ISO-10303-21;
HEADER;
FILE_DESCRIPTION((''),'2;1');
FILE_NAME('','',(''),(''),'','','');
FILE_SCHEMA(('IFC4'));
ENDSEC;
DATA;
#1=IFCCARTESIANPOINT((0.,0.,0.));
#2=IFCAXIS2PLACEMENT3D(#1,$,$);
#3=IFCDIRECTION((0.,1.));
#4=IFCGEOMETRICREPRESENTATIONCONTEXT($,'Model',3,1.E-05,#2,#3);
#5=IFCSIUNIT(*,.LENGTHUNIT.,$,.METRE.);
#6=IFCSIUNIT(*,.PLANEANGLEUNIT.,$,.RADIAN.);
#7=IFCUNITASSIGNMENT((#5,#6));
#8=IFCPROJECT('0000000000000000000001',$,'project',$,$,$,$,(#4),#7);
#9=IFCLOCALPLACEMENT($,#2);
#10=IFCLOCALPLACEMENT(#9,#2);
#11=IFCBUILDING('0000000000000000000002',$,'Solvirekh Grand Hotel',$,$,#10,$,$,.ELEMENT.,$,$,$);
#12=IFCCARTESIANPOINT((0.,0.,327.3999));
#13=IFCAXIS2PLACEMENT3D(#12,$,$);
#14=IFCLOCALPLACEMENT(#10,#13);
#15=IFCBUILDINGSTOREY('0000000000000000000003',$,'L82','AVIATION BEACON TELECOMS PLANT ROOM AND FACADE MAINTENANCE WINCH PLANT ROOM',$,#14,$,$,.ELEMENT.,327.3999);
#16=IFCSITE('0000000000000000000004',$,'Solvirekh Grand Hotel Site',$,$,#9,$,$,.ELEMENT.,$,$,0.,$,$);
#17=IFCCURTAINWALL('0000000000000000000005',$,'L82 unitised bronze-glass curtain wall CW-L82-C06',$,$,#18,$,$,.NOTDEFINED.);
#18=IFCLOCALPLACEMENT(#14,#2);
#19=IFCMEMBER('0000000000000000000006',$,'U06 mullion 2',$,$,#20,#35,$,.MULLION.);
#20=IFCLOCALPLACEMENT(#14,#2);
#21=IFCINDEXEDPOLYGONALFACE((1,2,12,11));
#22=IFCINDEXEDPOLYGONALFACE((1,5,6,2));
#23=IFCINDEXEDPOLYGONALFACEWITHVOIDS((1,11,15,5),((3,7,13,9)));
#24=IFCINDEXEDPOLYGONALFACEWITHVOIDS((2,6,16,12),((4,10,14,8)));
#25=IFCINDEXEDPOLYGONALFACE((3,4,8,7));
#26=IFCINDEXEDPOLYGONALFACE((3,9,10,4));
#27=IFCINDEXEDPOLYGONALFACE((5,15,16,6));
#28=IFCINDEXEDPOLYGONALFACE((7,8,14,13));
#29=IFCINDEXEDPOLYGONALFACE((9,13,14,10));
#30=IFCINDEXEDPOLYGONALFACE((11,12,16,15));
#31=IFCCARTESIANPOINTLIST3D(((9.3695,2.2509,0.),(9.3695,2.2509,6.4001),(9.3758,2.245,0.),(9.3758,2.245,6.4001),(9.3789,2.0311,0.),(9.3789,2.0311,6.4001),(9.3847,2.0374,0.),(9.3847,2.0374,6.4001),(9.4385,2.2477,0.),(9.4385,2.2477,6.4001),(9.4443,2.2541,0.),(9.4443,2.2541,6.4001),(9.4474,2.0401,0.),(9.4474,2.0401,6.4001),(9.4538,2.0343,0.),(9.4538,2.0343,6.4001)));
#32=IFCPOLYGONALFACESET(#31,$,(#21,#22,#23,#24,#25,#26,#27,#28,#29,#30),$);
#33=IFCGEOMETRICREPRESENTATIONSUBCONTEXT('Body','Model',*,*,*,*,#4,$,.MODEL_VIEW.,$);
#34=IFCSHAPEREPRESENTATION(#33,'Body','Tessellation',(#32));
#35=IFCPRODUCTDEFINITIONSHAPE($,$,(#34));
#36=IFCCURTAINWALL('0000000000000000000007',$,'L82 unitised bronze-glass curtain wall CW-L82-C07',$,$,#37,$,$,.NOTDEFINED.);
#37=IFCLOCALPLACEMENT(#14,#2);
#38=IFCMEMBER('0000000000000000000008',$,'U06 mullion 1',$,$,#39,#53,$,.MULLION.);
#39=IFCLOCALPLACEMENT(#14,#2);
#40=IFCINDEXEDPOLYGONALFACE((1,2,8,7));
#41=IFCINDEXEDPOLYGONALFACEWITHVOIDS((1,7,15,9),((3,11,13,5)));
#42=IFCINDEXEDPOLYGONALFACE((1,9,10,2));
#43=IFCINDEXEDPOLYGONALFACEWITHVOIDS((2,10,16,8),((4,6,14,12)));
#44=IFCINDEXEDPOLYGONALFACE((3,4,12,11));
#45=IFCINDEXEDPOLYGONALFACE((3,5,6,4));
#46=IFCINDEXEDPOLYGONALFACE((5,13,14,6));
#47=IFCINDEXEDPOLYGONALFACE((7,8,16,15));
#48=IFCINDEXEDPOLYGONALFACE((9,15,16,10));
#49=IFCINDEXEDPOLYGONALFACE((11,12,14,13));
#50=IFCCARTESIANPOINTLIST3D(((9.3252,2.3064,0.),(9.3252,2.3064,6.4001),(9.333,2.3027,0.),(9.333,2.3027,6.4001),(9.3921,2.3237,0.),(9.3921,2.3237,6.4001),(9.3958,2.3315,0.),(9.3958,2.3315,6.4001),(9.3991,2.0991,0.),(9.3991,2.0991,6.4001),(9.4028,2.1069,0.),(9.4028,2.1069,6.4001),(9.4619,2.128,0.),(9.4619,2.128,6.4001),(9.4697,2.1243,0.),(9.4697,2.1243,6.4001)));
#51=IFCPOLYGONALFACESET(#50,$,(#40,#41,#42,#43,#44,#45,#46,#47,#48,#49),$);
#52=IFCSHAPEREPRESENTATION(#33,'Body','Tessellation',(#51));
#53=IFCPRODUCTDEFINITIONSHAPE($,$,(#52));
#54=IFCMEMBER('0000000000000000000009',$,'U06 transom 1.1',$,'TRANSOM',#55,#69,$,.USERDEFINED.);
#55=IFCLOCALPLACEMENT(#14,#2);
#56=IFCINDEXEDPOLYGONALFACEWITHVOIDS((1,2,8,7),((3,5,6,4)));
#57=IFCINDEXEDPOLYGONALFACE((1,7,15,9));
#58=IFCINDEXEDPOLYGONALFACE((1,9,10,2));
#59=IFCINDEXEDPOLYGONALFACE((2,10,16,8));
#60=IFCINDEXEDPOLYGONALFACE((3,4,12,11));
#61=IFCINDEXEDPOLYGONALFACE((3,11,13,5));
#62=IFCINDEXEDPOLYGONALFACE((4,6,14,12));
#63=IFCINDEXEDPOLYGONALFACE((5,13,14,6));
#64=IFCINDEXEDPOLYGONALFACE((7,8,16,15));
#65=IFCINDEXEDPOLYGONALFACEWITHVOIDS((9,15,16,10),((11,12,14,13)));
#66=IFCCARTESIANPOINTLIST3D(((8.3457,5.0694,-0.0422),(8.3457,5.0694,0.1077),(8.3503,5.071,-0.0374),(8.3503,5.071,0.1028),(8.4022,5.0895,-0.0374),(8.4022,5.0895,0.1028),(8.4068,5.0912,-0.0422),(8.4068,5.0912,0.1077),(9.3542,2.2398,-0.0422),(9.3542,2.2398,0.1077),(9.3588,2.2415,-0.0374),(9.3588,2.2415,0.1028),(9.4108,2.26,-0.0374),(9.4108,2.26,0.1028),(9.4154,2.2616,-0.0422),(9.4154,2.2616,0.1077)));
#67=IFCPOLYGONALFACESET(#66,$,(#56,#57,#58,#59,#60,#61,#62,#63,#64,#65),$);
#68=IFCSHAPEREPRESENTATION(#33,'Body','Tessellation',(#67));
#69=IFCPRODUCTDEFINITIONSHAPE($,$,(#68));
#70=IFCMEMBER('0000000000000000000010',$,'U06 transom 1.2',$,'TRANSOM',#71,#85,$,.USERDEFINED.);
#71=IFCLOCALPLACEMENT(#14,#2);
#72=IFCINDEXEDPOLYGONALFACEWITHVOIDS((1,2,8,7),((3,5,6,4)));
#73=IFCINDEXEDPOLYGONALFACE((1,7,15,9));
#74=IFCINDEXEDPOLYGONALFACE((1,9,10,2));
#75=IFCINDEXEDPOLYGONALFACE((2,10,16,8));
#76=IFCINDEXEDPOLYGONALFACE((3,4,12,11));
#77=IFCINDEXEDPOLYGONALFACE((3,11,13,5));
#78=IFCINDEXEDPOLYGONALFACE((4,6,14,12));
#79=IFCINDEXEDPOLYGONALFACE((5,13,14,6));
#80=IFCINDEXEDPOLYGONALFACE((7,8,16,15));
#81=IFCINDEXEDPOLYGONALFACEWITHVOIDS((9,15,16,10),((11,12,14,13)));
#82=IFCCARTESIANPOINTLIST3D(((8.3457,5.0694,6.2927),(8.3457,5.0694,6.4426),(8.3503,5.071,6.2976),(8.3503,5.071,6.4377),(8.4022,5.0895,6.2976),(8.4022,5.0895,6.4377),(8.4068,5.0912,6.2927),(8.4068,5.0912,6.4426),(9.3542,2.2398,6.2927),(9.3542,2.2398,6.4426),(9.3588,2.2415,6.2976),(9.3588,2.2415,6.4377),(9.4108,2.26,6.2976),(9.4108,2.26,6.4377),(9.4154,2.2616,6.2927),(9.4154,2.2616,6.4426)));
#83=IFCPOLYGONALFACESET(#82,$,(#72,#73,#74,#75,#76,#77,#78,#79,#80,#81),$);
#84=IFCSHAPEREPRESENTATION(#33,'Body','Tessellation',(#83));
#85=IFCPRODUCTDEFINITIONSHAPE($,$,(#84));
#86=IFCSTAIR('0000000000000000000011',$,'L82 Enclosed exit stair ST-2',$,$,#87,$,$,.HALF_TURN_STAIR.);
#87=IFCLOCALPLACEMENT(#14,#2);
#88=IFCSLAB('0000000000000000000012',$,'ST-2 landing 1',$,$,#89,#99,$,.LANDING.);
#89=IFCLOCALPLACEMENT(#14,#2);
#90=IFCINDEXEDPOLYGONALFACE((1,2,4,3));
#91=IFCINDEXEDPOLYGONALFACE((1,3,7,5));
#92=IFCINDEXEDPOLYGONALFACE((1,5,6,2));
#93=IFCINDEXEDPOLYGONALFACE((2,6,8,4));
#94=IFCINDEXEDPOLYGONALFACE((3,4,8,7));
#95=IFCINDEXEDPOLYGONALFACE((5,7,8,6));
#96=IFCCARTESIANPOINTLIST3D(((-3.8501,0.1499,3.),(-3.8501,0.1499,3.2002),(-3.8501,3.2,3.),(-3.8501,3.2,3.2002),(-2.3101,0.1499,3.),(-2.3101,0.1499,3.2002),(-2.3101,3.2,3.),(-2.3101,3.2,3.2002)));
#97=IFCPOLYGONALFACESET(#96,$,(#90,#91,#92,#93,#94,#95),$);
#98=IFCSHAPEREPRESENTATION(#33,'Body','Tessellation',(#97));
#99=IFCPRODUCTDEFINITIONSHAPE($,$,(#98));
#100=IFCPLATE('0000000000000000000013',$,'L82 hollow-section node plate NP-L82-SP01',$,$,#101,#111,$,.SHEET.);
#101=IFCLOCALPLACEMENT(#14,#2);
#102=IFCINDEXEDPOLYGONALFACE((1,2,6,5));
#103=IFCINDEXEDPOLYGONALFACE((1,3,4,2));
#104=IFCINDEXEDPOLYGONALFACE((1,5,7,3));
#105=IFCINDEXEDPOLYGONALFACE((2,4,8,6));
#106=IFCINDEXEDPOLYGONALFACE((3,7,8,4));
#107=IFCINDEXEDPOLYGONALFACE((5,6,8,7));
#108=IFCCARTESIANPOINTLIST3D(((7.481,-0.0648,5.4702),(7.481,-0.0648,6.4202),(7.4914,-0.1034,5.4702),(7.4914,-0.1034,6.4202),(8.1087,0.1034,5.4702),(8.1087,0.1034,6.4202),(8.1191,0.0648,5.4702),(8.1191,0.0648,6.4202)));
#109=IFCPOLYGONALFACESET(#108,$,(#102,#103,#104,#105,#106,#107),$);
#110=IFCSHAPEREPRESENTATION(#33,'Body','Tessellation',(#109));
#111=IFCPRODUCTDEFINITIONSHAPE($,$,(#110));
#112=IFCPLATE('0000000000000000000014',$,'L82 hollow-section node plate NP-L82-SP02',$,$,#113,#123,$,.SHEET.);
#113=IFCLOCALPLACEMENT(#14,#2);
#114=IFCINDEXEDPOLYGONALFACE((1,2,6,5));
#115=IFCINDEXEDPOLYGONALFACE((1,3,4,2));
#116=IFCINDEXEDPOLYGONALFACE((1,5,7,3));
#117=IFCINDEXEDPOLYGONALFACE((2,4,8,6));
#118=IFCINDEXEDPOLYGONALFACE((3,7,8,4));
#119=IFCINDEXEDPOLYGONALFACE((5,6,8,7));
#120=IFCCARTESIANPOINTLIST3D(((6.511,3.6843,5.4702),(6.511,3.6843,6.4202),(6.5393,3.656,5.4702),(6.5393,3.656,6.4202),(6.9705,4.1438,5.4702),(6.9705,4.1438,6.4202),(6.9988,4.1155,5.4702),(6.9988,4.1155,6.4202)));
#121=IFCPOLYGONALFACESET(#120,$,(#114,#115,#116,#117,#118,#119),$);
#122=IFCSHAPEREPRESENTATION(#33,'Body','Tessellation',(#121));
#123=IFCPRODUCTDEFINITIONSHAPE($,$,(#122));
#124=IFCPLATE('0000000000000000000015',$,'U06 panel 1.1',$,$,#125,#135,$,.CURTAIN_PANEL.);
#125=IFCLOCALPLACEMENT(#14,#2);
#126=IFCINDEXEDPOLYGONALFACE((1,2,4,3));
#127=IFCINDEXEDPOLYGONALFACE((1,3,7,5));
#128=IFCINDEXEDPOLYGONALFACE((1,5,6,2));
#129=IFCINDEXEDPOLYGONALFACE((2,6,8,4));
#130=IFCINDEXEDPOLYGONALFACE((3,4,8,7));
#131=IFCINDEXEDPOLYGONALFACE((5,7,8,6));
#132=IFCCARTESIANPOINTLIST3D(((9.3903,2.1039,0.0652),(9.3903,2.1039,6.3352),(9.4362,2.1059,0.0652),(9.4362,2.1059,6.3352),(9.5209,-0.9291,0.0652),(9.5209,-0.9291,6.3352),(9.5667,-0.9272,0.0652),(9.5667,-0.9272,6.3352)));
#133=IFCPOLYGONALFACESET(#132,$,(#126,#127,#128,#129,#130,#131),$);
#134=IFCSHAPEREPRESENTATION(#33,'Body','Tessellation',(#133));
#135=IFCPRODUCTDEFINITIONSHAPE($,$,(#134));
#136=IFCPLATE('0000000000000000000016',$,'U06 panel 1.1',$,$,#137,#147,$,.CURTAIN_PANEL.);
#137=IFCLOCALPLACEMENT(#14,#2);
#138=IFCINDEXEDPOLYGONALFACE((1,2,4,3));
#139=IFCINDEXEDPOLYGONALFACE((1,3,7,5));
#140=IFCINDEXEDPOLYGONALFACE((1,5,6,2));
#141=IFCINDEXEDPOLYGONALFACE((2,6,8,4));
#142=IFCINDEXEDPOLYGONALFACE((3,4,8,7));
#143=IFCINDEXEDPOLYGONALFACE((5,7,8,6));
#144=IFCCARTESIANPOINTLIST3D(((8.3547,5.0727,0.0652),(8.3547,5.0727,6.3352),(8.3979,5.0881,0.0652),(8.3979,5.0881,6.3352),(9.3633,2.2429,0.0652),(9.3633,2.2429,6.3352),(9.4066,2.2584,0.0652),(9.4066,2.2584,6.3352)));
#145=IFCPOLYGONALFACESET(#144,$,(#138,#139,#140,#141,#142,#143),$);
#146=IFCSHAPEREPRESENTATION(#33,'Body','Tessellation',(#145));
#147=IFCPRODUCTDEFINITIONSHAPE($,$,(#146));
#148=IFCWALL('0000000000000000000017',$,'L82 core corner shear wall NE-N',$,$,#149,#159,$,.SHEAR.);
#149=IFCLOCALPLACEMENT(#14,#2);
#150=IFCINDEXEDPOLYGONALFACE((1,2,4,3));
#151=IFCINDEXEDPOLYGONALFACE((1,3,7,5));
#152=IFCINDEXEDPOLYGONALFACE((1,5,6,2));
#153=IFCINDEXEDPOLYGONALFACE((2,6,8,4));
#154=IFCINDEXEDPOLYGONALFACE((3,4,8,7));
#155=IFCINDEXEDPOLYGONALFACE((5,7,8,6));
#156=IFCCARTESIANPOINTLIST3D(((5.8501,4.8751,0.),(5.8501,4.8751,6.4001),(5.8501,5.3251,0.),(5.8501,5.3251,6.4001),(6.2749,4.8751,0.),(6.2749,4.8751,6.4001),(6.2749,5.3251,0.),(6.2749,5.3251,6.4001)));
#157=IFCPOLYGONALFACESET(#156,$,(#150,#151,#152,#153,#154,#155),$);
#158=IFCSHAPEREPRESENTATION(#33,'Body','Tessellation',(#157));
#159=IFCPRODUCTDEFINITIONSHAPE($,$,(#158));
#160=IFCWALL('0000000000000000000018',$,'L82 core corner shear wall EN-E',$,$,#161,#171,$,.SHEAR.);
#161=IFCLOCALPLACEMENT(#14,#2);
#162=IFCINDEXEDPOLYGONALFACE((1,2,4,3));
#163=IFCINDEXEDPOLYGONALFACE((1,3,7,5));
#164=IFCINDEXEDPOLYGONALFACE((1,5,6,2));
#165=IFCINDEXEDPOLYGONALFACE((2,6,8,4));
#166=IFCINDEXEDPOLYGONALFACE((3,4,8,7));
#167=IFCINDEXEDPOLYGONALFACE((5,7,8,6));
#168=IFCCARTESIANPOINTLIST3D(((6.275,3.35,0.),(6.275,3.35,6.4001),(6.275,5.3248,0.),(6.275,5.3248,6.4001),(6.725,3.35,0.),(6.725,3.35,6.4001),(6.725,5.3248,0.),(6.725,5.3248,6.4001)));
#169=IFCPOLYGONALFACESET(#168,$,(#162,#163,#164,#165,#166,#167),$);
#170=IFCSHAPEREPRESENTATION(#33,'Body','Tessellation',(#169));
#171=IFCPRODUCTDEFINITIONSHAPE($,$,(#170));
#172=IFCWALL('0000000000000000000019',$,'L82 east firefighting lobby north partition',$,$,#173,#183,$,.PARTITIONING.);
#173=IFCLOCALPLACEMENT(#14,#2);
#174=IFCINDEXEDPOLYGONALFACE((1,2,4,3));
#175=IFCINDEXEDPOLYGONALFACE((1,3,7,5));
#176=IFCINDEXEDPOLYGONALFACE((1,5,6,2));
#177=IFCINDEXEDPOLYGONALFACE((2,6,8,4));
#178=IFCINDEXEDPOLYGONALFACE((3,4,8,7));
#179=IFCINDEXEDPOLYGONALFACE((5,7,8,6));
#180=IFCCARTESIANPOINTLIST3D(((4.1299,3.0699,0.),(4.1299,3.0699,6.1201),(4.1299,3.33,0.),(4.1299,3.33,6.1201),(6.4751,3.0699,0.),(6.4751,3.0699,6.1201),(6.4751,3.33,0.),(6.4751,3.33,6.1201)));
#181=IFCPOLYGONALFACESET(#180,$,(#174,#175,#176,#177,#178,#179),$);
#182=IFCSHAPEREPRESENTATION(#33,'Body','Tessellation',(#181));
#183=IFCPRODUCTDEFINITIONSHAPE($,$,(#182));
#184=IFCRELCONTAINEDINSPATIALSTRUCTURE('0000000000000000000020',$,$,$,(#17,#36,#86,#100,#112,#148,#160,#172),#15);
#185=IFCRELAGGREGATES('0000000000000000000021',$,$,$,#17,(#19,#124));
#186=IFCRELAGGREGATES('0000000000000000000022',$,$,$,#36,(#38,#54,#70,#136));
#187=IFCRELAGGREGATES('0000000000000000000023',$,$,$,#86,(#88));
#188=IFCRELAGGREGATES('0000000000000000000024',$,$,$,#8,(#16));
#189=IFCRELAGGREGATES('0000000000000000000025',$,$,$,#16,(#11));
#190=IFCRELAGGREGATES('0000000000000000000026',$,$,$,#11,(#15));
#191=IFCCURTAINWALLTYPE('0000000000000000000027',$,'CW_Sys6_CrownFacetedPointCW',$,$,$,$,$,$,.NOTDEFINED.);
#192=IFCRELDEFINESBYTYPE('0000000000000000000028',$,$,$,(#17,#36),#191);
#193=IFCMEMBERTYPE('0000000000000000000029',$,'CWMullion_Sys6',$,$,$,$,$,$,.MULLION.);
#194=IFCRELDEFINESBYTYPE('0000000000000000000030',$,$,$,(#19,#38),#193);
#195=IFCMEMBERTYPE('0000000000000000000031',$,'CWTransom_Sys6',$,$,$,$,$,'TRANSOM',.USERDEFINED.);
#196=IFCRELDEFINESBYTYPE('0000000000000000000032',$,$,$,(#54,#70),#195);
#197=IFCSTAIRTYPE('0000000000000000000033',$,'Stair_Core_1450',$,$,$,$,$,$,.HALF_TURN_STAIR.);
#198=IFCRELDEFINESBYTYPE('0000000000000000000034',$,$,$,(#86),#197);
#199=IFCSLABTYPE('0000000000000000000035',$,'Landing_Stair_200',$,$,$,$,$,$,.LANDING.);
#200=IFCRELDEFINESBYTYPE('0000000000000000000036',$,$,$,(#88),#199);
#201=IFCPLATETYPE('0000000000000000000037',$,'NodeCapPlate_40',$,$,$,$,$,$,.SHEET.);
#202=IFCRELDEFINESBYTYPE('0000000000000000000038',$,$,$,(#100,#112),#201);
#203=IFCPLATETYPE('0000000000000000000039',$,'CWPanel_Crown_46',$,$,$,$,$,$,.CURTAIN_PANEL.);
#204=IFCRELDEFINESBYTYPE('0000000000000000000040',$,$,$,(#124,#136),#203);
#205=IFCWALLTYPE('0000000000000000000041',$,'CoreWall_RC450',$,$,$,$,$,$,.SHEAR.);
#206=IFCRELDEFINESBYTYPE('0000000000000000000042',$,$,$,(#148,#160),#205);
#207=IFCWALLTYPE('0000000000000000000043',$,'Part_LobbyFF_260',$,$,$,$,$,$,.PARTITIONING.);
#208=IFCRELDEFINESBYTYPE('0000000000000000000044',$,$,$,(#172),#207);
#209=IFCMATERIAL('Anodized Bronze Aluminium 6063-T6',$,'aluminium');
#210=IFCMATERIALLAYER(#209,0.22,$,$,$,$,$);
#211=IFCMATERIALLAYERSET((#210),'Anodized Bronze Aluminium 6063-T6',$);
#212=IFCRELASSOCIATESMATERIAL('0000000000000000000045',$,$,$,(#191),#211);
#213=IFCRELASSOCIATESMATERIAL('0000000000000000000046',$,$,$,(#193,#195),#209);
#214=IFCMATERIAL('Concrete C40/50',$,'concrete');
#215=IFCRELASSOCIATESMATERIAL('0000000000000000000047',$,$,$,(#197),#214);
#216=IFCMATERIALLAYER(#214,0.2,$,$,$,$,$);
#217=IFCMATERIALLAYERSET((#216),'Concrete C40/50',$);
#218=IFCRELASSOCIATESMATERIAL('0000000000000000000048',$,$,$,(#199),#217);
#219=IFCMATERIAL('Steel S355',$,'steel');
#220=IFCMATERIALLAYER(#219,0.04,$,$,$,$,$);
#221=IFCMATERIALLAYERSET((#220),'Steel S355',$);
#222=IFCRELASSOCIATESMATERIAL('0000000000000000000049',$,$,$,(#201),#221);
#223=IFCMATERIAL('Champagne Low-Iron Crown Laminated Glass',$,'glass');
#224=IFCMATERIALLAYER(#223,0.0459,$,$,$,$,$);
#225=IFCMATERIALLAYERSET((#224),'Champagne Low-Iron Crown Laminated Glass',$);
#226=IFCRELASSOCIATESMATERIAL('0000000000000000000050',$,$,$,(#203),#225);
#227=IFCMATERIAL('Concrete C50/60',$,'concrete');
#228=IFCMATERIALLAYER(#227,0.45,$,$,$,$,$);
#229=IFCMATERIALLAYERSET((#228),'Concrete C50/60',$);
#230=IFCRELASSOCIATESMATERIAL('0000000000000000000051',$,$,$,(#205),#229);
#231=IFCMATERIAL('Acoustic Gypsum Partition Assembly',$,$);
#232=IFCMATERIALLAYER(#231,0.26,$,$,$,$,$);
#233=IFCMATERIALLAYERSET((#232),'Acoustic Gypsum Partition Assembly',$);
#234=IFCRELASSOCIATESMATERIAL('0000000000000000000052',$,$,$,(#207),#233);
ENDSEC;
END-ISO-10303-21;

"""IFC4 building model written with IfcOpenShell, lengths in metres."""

from ifc_helpers import new_model, si_unit, direction, frame, frame_2d, origin, origin_2d, place, context, subcontext, project, spatial, polyline, rectangle, hollow_rectangle, outline, extrude, source, transform, mapped, material, layer, layer_set, material_profile, profile_set, type_object, element, aggregate, save


model = new_model("IFC4")

# Units and contexts
model_context = context("Model", 3, precision=1e-05, world=origin(), true_north=direction((0.0, 1.0)))
body_context = subcontext(model_context, "Body", "Model", "MODEL_VIEW")
ifc_project = project(units=[si_unit("LENGTHUNIT", "METRE"), si_unit("PLANEANGLEUNIT", "RADIAN")], contexts=[model_context])

# Site, building, storey
site_placement = place(None, origin())
site = spatial("IfcSite", under=ifc_project, at=site_placement, Name="Solvirekh Grand Hotel Site", CompositionType="ELEMENT", RefElevation=0.0)
building_placement = place(site_placement, origin())
building = spatial("IfcBuilding", under=site, at=building_placement, Name="Solvirekh Grand Hotel", CompositionType="ELEMENT")
storey_placement = place(building_placement, frame((0.0, 0.0, 327.3999)))
storey = spatial("IfcBuildingStorey", under=building, at=storey_placement, Name="L82", Description="AVIATION BEACON TELECOMS PLANT ROOM AND FACADE MAINTENANCE WINCH PLANT ROOM", CompositionType="ELEMENT", Elevation=327.3999)

# Shared definitions
ifc_material_1 = material(Name="Steel S355", Category="steel")

# Curtain wall, member
ifc_material_2 = material(Name="Anodized Bronze Aluminium 6063-T6", Category="aluminium")
ifc_layer_1 = layer(ifc_material_2, 0.22)
ifc_layer_set_1 = layer_set([ifc_layer_1], Name="Anodized Bronze Aluminium 6063-T6")
curtain_wall_type = type_object("IfcCurtainWallType", Name="CW_Sys6_CrownFacetedPointCW", PredefinedType="NOTDEFINED", material=ifc_layer_set_1)
curtain_wall_1_placement = place(storey_placement, origin())
curtain_wall_1 = element("IfcCurtainWall", 1, at=curtain_wall_1_placement, inside=storey, type_object=curtain_wall_type, Name="L82 unitised bronze-glass curtain wall CW-L82-C06", PredefinedType="NOTDEFINED")
ifc_material_profile_1 = material_profile(ifc_material_2, hollow_rectangle(XDim=0.075, YDim=0.22, WallThickness=0.0061, at=origin_2d()), Name="ALU RHS 220X75X6")
ifc_profile_set_1 = profile_set([ifc_material_profile_1], Name="Anodized Bronze Aluminium 6063-T6")
member_type_1 = type_object("IfcMemberType", Name="CWMullion_Sys6", PredefinedType="MULLION", material=ifc_profile_set_1)
shared_shape_1 = source(origin(), body_context, "Body", "SweptSolid", [
    extrude(hollow_rectangle(XDim=0.075, YDim=0.22, WallThickness=0.0061, at=origin_2d()), origin(), (0.0, 0.0, 1.0), 6.4001),
])
member_1_placement = place(storey_placement, frame((9.4116, 2.1426, 0.0), z_axis=(0.0, 0.0, 1.0), x_axis=(-0.999075, -0.043001, 0.0)))
member_1 = element("IfcMember", 2, at=member_1_placement, type_object=member_type_1, Name="U06 mullion 2", PredefinedType="MULLION", context=body_context, shape_type="MappedRepresentation", body=[
    mapped(shared_shape_1, transform((0.0, 0.0, 0.0), x_axis=(1.0, 0.0, 0.0), y_axis=(0.0, 1.0, 0.0), z_axis=(0.0, 0.0, 1.0), scale=1.0)),
])

# Curtain wall, members
curtain_wall_2_placement = place(storey_placement, origin())
curtain_wall_2 = element("IfcCurtainWall", 3, at=curtain_wall_2_placement, inside=storey, type_object=curtain_wall_type, Name="L82 unitised bronze-glass curtain wall CW-L82-C07", PredefinedType="NOTDEFINED")
member_2_placement = place(storey_placement, frame((9.3975, 2.2153, 0.0), z_axis=(0.0, 0.0, 1.0), x_axis=(-0.94195, -0.335754, 0.0)))
member_2 = element("IfcMember", 4, at=member_2_placement, type_object=member_type_1, Name="U06 mullion 1", PredefinedType="MULLION", context=body_context, shape_type="MappedRepresentation", body=[
    mapped(shared_shape_1, transform((0.0, 0.0, 0.0), x_axis=(1.0, 0.0, 0.0), y_axis=(0.0, 1.0, 0.0), z_axis=(0.0, 0.0, 1.0), scale=1.0)),
])
ifc_material_profile_2 = material_profile(ifc_material_2, hollow_rectangle(XDim=0.0649, YDim=0.1499, WallThickness=0.0049, at=origin_2d()), Name="ALU RHS 150X65X5")
ifc_profile_set_2 = profile_set([ifc_material_profile_2], Name="Anodized Bronze Aluminium 6063-T6")
member_type_2 = type_object("IfcMemberType", Name="CWTransom_Sys6", ElementType="TRANSOM", PredefinedType="USERDEFINED", material=ifc_profile_set_2)
shared_shape_2 = source(origin(), body_context, "Body", "SweptSolid", [
    extrude(hollow_rectangle(XDim=0.0649, YDim=0.1499, WallThickness=0.0049, at=origin_2d()), origin(), (0.0, 0.0, 1.0), 3.0039),
])
member_3_placement = place(storey_placement, frame((9.3848, 2.2507, 0.0327), z_axis=(-0.335739, 0.941955, 0.0), x_axis=(-0.941955, -0.335739, 0.0)))
member_3 = element("IfcMember", 5, at=member_3_placement, type_object=member_type_2, Name="U06 transom 1.1", ObjectType="TRANSOM", PredefinedType="USERDEFINED", context=body_context, shape_type="MappedRepresentation", body=[
    mapped(shared_shape_2, transform((0.0, 0.0, 0.0), x_axis=(1.0, 0.0, 0.0), y_axis=(0.0, 1.0, 0.0), z_axis=(0.0, 0.0, 1.0), scale=1.0)),
])
member_4_placement = place(storey_placement, frame((9.3848, 2.2507, 6.3677), z_axis=(-0.335739, 0.941955, 0.0), x_axis=(-0.941955, -0.335739, 0.0)))
member_4 = element("IfcMember", 6, at=member_4_placement, type_object=member_type_2, Name="U06 transom 1.2", ObjectType="TRANSOM", PredefinedType="USERDEFINED", context=body_context, shape_type="MappedRepresentation", body=[
    mapped(shared_shape_2, transform((0.0, 0.0, 0.0), x_axis=(1.0, 0.0, 0.0), y_axis=(0.0, 1.0, 0.0), z_axis=(0.0, 0.0, 1.0), scale=1.0)),
])

# Stair, slab
ifc_material_3 = material(Name="Concrete C40/50", Category="concrete")
stair_type = type_object("IfcStairType", Name="Stair_Core_1450", PredefinedType="HALF_TURN_STAIR", material=ifc_material_3)
stair_placement = place(storey_placement, origin())
stair = element("IfcStair", 7, at=stair_placement, inside=storey, type_object=stair_type, Name="L82 Enclosed exit stair ST-2", PredefinedType="HALF_TURN_STAIR")
ifc_layer_2 = layer(ifc_material_3, 0.2)
ifc_layer_set_2 = layer_set([ifc_layer_2], Name="Concrete C40/50")
slab_type = type_object("IfcSlabType", Name="Landing_Stair_200", PredefinedType="LANDING", material=ifc_layer_set_2)
slab_placement = place(storey_placement, frame((0.0, 0.0, 3.0)))
slab = element("IfcSlab", 8, at=slab_placement, type_object=slab_type, Name="ST-2 landing 1", PredefinedType="LANDING", context=body_context, shape_type="SweptSolid", body=[
    extrude(outline(polyline([(-2.3101, 3.2), (-3.8501, 3.2), (-3.8501, 0.1499), (-2.3101, 0.1499), (-2.3101, 3.2)])), origin(), (0.0, 0.0, 1.0), 0.2002),
])

# Plates
ifc_layer_3 = layer(ifc_material_1, 0.04)
ifc_layer_set_3 = layer_set([ifc_layer_3], Name="Steel S355")
plate_type_1 = type_object("IfcPlateType", Name="NodeCapPlate_40", PredefinedType="SHEET", material=ifc_layer_set_3)
for number, where, z_axis, x_axis, name in (
    (9, (7.8, 0.0, 5.4702), (0.0, 0.0, 1.0), (-0.258819, 0.965926, 0.0), "L82 hollow-section node plate NP-L82-SP01"),
    (10, (6.7549, 3.8999, 5.4702), (0.0, 0.0, 1.0), (-0.707107, 0.707107, 0.0), "L82 hollow-section node plate NP-L82-SP02"),
):
    element("IfcPlate", number, at=place(storey_placement, frame(where, z_axis=z_axis, x_axis=x_axis)), inside=storey, type_object=plate_type_1, Name=name, PredefinedType="SHEET", context=body_context, shape_type="SweptSolid", body=[
        extrude(rectangle(XDim=0.04, YDim=0.6499, at=origin_2d()), origin(), (0.0, 0.0, 1.0), 0.95),
    ])

# Plates
ifc_material_4 = material(Name="Champagne Low-Iron Crown Laminated Glass", Category="glass")
ifc_layer_4 = layer(ifc_material_4, 0.0459)
ifc_layer_set_4 = layer_set([ifc_layer_4], Name="Champagne Low-Iron Crown Laminated Glass")
plate_type_2 = type_object("IfcPlateType", Name="CWPanel_Crown_46", PredefinedType="CURTAIN_PANEL", material=ifc_layer_set_4)
shared_shape_3 = source(origin(), body_context, "Body", "SweptSolid", [
    extrude(rectangle(XDim=3.0359, YDim=0.0459, at=origin_2d()), origin(), (0.0, 0.0, 1.0), 6.27),
])
plate_1_placement = place(storey_placement, frame((9.4785, 0.5884, 0.0652), z_axis=(0.0, 0.0, 1.0), x_axis=(-0.043001, 0.999075, 0.0)))
plate_1 = element("IfcPlate", 11, at=plate_1_placement, type_object=plate_type_2, Name="U06 panel 1.1", PredefinedType="CURTAIN_PANEL", context=body_context, shape_type="MappedRepresentation", body=[
    mapped(shared_shape_3, transform((0.0, 0.0, 0.0), x_axis=(1.0, 0.0, 0.0), y_axis=(0.0, 1.0, 0.0), z_axis=(0.0, 0.0, 1.0), scale=1.0)),
])
aggregate(curtain_wall_1, [member_1, plate_1])
shared_shape_4 = source(origin(), body_context, "Body", "SweptSolid", [
    extrude(rectangle(XDim=3.0042, YDim=0.0459, at=origin_2d()), origin(), (0.0, 0.0, 1.0), 6.27),
])
plate_2_placement = place(storey_placement, frame((8.8806, 3.6655, 0.0652), z_axis=(0.0, 0.0, 1.0), x_axis=(-0.335754, 0.94195, 0.0)))
plate_2 = element("IfcPlate", 12, at=plate_2_placement, type_object=plate_type_2, Name="U06 panel 1.1", PredefinedType="CURTAIN_PANEL", context=body_context, shape_type="MappedRepresentation", body=[
    mapped(shared_shape_4, transform((0.0, 0.0, 0.0), x_axis=(1.0, 0.0, 0.0), y_axis=(0.0, 1.0, 0.0), z_axis=(0.0, 0.0, 1.0), scale=1.0)),
])
aggregate(curtain_wall_2, [member_2, member_3, member_4, plate_2])

# Walls
ifc_material_5 = material(Name="Concrete C50/60", Category="concrete")
ifc_layer_5 = layer(ifc_material_5, 0.45)
ifc_layer_set_5 = layer_set([ifc_layer_5], Name="Concrete C50/60")
wall_type_1 = type_object("IfcWallType", Name="CoreWall_RC450", PredefinedType="SHEAR", material=ifc_layer_set_5)
wall_1_placement = place(storey_placement, frame((5.8501, 5.1001, 0.0), z_axis=(0.0, 0.0, 1.0), x_axis=(1.0, 0.0, 0.0)))
element("IfcWall", 13, at=wall_1_placement, inside=storey, type_object=wall_type_1, Name="L82 core corner shear wall NE-N", PredefinedType="SHEAR", context=body_context, shape_type="SweptSolid", body=[
    extrude(rectangle(XDim=0.4248, YDim=0.45, at=frame_2d((0.2124, 0.0))), origin(), (0.0, 0.0, 1.0), 6.4001),
])
wall_2_placement = place(storey_placement, frame((6.5, 3.3501, 0.0), z_axis=(0.0, 0.0, 1.0), x_axis=(0.0, 1.0, 0.0)))
element("IfcWall", 14, at=wall_2_placement, inside=storey, type_object=wall_type_1, Name="L82 core corner shear wall EN-E", PredefinedType="SHEAR", context=body_context, shape_type="SweptSolid", body=[
    extrude(rectangle(XDim=1.9749, YDim=0.45, at=frame_2d((0.9873, 0.0))), origin(), (0.0, 0.0, 1.0), 6.4001),
])
ifc_material_6 = material(Name="Acoustic Gypsum Partition Assembly")
ifc_layer_6 = layer(ifc_material_6, 0.26)
ifc_layer_set_6 = layer_set([ifc_layer_6], Name="Acoustic Gypsum Partition Assembly")
wall_type_2 = type_object("IfcWallType", Name="Part_LobbyFF_260", PredefinedType="PARTITIONING", material=ifc_layer_set_6)
wall_3_placement = place(storey_placement, frame((4.1299, 3.2, 0.0), z_axis=(0.0, 0.0, 1.0), x_axis=(1.0, 0.0, 0.0)))
element("IfcWall", 15, at=wall_3_placement, inside=storey, type_object=wall_type_2, Name="L82 east firefighting lobby north partition", PredefinedType="PARTITIONING", context=body_context, shape_type="SweptSolid", body=[
    extrude(rectangle(XDim=2.3452, YDim=0.26, at=frame_2d((1.1726, 0.0))), origin(), (0.0, 0.0, 1.0), 6.1201),
])

aggregate(stair, [slab])

save(model, "model.ifc")
